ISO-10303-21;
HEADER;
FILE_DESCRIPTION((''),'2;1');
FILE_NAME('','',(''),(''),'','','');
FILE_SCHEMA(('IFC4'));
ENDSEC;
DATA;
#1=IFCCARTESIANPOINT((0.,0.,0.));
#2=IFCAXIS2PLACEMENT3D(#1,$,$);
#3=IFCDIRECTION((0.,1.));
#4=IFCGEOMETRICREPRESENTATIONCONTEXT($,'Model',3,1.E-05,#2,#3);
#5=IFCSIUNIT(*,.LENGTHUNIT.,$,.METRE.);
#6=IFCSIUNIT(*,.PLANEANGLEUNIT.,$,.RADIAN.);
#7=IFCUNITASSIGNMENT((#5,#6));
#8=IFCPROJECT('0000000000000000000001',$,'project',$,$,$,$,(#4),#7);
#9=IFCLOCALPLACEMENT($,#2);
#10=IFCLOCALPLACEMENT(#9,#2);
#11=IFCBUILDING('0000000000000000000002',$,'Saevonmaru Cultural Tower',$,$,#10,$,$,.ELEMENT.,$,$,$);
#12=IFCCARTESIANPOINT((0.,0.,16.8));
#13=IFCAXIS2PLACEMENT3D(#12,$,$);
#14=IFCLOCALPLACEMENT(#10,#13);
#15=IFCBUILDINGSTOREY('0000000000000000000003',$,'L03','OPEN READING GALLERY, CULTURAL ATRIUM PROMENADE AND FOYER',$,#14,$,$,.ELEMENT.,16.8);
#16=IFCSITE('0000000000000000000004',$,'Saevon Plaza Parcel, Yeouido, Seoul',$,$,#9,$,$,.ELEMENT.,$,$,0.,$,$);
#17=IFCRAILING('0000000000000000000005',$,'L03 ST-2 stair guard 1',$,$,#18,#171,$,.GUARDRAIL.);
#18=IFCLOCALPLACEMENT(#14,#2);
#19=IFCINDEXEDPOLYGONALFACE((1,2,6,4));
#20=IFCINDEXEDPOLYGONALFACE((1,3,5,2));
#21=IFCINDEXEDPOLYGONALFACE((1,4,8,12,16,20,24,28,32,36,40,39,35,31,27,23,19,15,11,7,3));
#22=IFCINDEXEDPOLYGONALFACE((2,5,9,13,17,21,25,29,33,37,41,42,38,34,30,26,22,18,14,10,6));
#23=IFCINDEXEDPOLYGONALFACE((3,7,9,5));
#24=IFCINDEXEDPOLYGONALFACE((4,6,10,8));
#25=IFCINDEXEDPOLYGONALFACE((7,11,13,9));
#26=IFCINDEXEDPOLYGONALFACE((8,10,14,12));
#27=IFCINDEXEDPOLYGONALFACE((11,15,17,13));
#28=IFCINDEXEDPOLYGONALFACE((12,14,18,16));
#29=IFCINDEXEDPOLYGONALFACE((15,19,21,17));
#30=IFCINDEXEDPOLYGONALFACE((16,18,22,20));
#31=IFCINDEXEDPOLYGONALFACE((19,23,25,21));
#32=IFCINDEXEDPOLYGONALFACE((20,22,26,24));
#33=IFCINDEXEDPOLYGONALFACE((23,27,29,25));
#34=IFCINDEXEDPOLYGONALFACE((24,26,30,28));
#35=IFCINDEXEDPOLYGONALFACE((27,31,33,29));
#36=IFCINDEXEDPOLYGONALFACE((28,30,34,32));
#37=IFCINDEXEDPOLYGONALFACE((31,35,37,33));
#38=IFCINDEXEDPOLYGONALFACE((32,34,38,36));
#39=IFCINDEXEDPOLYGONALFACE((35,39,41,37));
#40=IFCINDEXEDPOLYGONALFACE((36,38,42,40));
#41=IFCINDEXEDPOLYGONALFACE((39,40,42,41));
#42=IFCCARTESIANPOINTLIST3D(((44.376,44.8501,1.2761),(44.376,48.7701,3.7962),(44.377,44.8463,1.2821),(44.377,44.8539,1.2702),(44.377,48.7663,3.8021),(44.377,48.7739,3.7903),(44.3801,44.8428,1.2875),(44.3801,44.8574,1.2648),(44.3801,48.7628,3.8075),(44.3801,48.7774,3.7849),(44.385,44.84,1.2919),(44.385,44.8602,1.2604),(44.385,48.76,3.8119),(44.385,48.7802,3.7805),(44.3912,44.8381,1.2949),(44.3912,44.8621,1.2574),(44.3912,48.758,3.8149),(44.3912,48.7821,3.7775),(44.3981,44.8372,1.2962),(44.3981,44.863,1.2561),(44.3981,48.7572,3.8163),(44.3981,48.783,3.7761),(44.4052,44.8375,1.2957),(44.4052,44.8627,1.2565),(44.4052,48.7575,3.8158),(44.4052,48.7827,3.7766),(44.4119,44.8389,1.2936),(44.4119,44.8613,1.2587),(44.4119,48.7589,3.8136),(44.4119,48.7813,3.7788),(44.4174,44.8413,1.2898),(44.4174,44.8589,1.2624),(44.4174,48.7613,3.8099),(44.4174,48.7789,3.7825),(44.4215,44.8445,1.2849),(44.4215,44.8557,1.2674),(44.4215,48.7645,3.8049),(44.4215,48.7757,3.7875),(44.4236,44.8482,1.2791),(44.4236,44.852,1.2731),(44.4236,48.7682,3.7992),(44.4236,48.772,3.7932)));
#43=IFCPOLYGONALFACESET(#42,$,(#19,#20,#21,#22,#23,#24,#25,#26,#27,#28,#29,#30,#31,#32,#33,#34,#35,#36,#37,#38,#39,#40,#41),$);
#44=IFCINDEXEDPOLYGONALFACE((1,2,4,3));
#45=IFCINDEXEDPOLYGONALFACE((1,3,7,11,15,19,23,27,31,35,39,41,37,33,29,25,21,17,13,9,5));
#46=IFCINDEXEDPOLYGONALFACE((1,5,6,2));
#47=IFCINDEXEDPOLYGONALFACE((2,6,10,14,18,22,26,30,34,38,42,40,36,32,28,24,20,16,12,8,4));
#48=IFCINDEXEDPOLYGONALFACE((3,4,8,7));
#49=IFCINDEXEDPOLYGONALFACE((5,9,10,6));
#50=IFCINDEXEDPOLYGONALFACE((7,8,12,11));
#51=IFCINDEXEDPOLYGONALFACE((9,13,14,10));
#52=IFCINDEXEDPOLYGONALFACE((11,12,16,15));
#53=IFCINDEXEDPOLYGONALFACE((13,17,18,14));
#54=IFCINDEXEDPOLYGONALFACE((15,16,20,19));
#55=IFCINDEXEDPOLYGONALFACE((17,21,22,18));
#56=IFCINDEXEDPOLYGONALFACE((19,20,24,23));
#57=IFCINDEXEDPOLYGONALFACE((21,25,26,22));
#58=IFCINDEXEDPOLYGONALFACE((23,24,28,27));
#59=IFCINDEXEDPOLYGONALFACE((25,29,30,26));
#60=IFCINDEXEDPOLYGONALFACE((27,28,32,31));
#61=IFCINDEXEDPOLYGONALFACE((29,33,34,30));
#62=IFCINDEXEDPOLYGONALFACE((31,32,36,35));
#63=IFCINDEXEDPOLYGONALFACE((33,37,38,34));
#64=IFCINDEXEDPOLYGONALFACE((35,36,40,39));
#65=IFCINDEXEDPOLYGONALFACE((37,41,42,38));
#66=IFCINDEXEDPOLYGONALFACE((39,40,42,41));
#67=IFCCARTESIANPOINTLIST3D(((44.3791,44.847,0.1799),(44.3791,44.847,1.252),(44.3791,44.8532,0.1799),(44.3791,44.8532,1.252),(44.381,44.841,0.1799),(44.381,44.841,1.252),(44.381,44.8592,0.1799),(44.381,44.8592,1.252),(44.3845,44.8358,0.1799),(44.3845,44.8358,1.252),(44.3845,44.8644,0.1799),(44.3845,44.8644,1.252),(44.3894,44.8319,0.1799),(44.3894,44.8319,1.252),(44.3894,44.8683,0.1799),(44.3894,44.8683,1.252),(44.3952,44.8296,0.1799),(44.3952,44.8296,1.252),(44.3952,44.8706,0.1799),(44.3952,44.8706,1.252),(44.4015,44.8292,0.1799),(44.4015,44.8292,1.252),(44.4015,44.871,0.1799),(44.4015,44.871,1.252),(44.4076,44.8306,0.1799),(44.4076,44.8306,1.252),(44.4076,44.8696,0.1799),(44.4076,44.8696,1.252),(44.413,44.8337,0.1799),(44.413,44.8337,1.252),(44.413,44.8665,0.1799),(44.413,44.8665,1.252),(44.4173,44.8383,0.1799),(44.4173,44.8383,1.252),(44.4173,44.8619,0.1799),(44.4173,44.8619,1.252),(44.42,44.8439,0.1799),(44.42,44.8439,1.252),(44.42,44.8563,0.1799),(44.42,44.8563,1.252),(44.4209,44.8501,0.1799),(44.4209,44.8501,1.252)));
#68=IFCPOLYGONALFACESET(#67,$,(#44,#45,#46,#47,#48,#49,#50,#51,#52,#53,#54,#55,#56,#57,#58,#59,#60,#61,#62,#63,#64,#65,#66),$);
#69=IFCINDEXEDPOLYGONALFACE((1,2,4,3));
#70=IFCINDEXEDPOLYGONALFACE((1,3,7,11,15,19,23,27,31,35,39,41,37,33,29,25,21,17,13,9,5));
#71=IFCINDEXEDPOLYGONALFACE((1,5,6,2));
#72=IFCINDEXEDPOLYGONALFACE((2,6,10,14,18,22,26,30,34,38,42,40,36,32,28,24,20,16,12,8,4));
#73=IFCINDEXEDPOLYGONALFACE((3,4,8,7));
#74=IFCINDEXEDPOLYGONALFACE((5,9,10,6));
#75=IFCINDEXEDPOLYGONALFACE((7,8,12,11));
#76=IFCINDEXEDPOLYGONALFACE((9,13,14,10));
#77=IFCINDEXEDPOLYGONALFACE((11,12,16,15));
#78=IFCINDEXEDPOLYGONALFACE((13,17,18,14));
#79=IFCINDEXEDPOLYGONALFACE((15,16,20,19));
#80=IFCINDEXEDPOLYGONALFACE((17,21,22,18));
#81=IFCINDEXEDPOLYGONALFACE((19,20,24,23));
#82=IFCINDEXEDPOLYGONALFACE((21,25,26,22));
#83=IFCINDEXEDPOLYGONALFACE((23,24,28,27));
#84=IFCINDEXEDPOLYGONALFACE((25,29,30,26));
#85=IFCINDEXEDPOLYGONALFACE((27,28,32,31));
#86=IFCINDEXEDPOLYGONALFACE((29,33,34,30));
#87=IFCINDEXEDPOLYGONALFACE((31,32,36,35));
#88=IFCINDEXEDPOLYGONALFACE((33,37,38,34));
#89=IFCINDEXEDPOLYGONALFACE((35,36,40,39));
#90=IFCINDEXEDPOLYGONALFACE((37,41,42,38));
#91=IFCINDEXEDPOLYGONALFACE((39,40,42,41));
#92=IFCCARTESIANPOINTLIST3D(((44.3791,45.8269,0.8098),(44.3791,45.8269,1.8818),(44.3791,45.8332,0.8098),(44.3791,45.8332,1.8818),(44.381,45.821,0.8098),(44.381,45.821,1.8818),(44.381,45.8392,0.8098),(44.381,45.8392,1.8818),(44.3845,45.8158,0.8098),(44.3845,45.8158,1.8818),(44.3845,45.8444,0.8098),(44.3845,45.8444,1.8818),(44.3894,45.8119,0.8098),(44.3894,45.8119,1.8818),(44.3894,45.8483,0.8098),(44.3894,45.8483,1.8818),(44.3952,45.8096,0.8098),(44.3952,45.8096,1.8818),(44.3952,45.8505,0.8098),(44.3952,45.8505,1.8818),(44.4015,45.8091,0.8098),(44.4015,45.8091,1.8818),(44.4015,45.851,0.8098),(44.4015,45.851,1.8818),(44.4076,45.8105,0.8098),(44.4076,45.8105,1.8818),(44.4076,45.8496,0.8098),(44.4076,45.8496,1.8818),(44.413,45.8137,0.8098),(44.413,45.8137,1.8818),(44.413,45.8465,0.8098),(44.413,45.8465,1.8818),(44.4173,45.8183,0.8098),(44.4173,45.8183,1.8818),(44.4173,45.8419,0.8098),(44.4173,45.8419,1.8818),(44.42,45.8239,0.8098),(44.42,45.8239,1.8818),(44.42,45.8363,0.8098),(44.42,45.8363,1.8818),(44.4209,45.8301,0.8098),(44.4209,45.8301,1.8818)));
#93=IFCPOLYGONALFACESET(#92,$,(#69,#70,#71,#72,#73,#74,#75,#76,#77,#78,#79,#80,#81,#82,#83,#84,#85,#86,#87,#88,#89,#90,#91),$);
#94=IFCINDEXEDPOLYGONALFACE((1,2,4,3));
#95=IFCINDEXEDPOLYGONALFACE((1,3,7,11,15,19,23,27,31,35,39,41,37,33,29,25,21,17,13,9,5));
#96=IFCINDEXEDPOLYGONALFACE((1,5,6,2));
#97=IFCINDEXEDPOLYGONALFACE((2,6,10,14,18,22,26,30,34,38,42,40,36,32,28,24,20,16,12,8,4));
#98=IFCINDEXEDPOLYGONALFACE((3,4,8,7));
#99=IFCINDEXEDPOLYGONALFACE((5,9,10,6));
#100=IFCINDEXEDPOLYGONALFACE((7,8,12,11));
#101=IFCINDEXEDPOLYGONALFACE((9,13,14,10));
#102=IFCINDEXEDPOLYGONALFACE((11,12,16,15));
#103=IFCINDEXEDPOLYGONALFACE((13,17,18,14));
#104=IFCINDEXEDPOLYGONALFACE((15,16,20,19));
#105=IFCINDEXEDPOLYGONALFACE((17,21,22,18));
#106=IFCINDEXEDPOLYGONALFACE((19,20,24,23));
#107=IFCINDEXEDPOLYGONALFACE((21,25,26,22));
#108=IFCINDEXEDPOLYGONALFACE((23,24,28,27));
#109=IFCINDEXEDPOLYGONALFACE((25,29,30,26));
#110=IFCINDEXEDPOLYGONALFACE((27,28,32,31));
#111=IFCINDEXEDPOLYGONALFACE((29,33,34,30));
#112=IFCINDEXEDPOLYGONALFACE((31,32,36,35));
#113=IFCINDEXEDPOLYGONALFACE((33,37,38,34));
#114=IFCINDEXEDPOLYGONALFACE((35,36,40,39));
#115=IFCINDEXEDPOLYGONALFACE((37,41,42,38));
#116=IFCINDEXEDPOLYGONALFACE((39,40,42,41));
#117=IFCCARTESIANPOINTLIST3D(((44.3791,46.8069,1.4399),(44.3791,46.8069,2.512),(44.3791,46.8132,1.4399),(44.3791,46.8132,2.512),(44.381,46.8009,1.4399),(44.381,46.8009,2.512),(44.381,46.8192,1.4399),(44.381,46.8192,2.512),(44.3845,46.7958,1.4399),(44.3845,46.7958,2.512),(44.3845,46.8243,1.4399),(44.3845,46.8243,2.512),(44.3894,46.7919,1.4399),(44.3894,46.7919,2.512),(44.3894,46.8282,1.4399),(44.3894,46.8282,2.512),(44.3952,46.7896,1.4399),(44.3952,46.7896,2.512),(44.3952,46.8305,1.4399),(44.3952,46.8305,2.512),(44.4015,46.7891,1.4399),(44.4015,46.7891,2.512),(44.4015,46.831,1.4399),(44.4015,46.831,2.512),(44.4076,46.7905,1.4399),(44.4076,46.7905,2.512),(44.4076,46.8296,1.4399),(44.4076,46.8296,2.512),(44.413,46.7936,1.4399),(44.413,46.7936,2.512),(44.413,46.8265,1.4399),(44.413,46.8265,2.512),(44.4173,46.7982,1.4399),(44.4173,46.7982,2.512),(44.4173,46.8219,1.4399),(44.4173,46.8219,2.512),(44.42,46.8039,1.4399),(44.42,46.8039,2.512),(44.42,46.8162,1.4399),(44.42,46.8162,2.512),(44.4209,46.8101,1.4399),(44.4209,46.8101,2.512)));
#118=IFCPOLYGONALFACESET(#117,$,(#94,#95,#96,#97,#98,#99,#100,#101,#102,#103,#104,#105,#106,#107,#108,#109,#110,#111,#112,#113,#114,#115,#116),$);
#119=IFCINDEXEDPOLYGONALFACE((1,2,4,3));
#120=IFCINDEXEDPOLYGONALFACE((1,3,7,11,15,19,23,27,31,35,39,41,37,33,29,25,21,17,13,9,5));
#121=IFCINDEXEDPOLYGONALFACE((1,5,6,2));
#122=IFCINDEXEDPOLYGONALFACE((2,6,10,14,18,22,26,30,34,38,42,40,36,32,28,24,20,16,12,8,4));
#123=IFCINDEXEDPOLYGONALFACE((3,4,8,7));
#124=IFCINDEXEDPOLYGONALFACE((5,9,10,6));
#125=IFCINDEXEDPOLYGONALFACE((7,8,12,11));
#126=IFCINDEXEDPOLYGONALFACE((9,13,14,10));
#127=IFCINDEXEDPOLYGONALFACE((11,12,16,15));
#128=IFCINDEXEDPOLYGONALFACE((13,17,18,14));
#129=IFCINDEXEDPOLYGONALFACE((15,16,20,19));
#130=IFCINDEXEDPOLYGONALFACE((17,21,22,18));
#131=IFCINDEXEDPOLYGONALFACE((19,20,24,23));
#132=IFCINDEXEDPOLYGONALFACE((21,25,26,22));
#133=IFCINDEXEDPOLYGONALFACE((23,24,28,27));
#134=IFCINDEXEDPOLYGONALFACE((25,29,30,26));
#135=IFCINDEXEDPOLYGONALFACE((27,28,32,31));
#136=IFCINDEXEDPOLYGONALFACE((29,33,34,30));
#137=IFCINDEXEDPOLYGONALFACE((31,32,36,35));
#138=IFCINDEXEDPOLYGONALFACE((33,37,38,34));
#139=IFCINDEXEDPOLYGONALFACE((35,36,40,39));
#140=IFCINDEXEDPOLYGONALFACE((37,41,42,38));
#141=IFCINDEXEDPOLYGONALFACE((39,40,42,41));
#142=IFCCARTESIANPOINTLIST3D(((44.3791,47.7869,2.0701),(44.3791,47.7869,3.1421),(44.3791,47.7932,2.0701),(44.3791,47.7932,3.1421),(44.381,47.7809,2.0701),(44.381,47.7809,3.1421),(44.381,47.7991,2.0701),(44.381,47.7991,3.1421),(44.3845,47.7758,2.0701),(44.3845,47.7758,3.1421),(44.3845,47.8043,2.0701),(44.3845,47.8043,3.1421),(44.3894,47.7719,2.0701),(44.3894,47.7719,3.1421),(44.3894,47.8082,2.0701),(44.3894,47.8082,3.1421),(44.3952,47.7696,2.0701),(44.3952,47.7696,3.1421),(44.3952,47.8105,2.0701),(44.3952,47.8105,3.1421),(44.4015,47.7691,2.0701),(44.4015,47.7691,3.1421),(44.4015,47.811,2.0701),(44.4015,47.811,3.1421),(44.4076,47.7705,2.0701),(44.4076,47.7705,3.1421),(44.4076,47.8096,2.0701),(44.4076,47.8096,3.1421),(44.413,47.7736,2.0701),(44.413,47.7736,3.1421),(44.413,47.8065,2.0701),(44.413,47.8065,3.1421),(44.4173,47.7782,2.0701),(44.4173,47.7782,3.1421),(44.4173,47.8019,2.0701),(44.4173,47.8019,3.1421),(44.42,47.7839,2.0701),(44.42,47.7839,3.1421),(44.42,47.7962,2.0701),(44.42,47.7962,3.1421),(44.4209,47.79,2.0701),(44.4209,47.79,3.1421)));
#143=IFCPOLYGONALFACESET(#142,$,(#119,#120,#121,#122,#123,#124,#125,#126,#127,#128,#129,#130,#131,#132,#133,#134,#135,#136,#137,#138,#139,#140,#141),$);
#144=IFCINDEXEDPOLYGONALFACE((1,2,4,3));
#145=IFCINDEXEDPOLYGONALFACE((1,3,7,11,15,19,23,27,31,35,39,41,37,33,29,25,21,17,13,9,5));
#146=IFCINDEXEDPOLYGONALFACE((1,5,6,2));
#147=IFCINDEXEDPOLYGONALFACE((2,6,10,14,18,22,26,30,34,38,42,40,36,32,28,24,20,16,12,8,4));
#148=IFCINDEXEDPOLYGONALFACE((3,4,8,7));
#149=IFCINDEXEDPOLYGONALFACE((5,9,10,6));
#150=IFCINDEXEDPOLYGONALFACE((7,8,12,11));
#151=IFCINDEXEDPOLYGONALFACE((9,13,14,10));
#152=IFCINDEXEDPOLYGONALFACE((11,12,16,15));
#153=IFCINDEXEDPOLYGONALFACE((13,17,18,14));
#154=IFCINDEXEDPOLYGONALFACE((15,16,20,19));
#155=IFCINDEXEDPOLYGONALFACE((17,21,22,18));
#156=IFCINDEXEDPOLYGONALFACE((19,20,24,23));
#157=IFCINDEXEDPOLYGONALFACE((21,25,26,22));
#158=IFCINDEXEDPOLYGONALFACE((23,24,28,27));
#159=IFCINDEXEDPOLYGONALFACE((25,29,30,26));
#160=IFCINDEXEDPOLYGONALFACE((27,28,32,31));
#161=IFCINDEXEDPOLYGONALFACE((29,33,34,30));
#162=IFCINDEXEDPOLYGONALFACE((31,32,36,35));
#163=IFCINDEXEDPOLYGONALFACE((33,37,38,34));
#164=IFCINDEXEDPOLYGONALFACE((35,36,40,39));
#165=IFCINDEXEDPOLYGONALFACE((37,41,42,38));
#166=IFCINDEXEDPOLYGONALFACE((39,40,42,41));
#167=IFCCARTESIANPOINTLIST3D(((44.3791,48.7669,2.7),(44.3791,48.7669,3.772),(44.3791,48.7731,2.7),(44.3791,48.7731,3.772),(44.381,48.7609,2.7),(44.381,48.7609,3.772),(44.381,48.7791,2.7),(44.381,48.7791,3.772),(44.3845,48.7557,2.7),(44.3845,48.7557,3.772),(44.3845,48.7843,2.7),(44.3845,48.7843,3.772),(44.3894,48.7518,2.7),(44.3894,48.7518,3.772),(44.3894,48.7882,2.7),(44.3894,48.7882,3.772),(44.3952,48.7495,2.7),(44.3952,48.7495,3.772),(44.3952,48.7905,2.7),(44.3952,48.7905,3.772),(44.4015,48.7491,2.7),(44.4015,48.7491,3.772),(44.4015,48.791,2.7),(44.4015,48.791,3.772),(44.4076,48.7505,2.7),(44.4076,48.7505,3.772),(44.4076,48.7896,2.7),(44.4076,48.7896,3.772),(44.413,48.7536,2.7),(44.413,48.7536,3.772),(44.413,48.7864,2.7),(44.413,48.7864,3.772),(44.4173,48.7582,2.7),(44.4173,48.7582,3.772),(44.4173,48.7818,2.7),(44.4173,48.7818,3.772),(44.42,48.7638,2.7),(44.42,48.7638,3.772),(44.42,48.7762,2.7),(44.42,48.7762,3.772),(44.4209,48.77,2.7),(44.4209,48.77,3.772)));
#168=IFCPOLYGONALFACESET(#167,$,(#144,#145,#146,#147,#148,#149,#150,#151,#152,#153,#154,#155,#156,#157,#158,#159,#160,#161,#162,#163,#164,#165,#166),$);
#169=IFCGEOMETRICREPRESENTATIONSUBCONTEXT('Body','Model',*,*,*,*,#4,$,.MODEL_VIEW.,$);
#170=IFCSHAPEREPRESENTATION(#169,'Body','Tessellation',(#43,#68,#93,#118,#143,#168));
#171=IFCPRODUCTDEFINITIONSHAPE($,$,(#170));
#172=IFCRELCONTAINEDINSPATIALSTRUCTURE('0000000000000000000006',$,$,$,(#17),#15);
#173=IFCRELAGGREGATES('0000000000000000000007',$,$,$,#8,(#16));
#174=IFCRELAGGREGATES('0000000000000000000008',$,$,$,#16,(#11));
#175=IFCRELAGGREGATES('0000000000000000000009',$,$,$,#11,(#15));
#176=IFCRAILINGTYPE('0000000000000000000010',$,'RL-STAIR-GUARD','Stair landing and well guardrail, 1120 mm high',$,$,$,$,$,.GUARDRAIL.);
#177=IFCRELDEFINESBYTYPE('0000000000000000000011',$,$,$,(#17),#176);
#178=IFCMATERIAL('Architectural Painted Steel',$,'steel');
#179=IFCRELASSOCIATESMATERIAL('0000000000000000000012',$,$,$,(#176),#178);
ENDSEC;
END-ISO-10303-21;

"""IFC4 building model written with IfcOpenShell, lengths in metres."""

from ifc_helpers import new_model, si_unit, direction, frame, origin, origin_2d, place, context, subcontext, project, spatial, circle, extrude, material, type_object, element, save


model = new_model("IFC4")

# Units and contexts
model_context = context("Model", 3, precision=1e-05, world=origin(), true_north=direction((0.0, 1.0)))
body_context = subcontext(model_context, "Body", "Model", "MODEL_VIEW")
ifc_project = project(units=[si_unit("LENGTHUNIT", "METRE"), si_unit("PLANEANGLEUNIT", "RADIAN")], contexts=[model_context])

# Site, building, storey
site_placement = place(None, origin())
site = spatial("IfcSite", under=ifc_project, at=site_placement, Name="Saevon Plaza Parcel, Yeouido, Seoul", CompositionType="ELEMENT", RefElevation=0.0)
building_placement = place(site_placement, origin())
building = spatial("IfcBuilding", under=site, at=building_placement, Name="Saevonmaru Cultural Tower", CompositionType="ELEMENT")
storey_placement = place(building_placement, frame((0.0, 0.0, 16.8)))
storey = spatial("IfcBuildingStorey", under=building, at=storey_placement, Name="L03", Description="OPEN READING GALLERY, CULTURAL ATRIUM PROMENADE AND FOYER", CompositionType="ELEMENT", Elevation=16.8)

# Railing
ifc_material_1 = material(Name="Architectural Painted Steel", Category="steel")
railing_type_1 = type_object("IfcRailingType", Name="RL-STAIR-GUARD", Description="Stair landing and well guardrail, 1120 mm high", PredefinedType="GUARDRAIL", material=ifc_material_1)
railing_1_placement = place(storey_placement, frame((44.3999, 44.8501, 0.1799)))
element("IfcRailing", 1, at=railing_1_placement, inside=storey, type_object=railing_type_1, Name="L03 ST-2 stair guard 1", PredefinedType="GUARDRAIL", context=body_context, shape_type="SweptSolid", body=[
    extrude(circle(Radius=0.0239, at=origin_2d()), frame((0.0, 0.0, 1.0962), z_axis=(0.0, 0.841172, 0.540768), x_axis=(-1.0, 0.0, 0.0)), (0.0, 0.0, 1.0), 4.6602),
    extrude(circle(Radius=0.021, at=origin_2d()), origin(), (0.0, 0.0, 1.0), 1.072),
    extrude(circle(Radius=0.021, at=origin_2d()), frame((0.0, 0.98, 0.6299)), (0.0, 0.0, 1.0), 1.072),
    extrude(circle(Radius=0.021, at=origin_2d()), frame((0.0, 1.96, 1.26)), (0.0, 0.0, 1.0), 1.072),
    extrude(circle(Radius=0.021, at=origin_2d()), frame((0.0, 2.9399, 1.8901)), (0.0, 0.0, 1.0), 1.072),
    extrude(circle(Radius=0.021, at=origin_2d()), frame((0.0, 3.9199, 2.52)), (0.0, 0.0, 1.0), 1.072),
])

save(model, "model.ifc")
